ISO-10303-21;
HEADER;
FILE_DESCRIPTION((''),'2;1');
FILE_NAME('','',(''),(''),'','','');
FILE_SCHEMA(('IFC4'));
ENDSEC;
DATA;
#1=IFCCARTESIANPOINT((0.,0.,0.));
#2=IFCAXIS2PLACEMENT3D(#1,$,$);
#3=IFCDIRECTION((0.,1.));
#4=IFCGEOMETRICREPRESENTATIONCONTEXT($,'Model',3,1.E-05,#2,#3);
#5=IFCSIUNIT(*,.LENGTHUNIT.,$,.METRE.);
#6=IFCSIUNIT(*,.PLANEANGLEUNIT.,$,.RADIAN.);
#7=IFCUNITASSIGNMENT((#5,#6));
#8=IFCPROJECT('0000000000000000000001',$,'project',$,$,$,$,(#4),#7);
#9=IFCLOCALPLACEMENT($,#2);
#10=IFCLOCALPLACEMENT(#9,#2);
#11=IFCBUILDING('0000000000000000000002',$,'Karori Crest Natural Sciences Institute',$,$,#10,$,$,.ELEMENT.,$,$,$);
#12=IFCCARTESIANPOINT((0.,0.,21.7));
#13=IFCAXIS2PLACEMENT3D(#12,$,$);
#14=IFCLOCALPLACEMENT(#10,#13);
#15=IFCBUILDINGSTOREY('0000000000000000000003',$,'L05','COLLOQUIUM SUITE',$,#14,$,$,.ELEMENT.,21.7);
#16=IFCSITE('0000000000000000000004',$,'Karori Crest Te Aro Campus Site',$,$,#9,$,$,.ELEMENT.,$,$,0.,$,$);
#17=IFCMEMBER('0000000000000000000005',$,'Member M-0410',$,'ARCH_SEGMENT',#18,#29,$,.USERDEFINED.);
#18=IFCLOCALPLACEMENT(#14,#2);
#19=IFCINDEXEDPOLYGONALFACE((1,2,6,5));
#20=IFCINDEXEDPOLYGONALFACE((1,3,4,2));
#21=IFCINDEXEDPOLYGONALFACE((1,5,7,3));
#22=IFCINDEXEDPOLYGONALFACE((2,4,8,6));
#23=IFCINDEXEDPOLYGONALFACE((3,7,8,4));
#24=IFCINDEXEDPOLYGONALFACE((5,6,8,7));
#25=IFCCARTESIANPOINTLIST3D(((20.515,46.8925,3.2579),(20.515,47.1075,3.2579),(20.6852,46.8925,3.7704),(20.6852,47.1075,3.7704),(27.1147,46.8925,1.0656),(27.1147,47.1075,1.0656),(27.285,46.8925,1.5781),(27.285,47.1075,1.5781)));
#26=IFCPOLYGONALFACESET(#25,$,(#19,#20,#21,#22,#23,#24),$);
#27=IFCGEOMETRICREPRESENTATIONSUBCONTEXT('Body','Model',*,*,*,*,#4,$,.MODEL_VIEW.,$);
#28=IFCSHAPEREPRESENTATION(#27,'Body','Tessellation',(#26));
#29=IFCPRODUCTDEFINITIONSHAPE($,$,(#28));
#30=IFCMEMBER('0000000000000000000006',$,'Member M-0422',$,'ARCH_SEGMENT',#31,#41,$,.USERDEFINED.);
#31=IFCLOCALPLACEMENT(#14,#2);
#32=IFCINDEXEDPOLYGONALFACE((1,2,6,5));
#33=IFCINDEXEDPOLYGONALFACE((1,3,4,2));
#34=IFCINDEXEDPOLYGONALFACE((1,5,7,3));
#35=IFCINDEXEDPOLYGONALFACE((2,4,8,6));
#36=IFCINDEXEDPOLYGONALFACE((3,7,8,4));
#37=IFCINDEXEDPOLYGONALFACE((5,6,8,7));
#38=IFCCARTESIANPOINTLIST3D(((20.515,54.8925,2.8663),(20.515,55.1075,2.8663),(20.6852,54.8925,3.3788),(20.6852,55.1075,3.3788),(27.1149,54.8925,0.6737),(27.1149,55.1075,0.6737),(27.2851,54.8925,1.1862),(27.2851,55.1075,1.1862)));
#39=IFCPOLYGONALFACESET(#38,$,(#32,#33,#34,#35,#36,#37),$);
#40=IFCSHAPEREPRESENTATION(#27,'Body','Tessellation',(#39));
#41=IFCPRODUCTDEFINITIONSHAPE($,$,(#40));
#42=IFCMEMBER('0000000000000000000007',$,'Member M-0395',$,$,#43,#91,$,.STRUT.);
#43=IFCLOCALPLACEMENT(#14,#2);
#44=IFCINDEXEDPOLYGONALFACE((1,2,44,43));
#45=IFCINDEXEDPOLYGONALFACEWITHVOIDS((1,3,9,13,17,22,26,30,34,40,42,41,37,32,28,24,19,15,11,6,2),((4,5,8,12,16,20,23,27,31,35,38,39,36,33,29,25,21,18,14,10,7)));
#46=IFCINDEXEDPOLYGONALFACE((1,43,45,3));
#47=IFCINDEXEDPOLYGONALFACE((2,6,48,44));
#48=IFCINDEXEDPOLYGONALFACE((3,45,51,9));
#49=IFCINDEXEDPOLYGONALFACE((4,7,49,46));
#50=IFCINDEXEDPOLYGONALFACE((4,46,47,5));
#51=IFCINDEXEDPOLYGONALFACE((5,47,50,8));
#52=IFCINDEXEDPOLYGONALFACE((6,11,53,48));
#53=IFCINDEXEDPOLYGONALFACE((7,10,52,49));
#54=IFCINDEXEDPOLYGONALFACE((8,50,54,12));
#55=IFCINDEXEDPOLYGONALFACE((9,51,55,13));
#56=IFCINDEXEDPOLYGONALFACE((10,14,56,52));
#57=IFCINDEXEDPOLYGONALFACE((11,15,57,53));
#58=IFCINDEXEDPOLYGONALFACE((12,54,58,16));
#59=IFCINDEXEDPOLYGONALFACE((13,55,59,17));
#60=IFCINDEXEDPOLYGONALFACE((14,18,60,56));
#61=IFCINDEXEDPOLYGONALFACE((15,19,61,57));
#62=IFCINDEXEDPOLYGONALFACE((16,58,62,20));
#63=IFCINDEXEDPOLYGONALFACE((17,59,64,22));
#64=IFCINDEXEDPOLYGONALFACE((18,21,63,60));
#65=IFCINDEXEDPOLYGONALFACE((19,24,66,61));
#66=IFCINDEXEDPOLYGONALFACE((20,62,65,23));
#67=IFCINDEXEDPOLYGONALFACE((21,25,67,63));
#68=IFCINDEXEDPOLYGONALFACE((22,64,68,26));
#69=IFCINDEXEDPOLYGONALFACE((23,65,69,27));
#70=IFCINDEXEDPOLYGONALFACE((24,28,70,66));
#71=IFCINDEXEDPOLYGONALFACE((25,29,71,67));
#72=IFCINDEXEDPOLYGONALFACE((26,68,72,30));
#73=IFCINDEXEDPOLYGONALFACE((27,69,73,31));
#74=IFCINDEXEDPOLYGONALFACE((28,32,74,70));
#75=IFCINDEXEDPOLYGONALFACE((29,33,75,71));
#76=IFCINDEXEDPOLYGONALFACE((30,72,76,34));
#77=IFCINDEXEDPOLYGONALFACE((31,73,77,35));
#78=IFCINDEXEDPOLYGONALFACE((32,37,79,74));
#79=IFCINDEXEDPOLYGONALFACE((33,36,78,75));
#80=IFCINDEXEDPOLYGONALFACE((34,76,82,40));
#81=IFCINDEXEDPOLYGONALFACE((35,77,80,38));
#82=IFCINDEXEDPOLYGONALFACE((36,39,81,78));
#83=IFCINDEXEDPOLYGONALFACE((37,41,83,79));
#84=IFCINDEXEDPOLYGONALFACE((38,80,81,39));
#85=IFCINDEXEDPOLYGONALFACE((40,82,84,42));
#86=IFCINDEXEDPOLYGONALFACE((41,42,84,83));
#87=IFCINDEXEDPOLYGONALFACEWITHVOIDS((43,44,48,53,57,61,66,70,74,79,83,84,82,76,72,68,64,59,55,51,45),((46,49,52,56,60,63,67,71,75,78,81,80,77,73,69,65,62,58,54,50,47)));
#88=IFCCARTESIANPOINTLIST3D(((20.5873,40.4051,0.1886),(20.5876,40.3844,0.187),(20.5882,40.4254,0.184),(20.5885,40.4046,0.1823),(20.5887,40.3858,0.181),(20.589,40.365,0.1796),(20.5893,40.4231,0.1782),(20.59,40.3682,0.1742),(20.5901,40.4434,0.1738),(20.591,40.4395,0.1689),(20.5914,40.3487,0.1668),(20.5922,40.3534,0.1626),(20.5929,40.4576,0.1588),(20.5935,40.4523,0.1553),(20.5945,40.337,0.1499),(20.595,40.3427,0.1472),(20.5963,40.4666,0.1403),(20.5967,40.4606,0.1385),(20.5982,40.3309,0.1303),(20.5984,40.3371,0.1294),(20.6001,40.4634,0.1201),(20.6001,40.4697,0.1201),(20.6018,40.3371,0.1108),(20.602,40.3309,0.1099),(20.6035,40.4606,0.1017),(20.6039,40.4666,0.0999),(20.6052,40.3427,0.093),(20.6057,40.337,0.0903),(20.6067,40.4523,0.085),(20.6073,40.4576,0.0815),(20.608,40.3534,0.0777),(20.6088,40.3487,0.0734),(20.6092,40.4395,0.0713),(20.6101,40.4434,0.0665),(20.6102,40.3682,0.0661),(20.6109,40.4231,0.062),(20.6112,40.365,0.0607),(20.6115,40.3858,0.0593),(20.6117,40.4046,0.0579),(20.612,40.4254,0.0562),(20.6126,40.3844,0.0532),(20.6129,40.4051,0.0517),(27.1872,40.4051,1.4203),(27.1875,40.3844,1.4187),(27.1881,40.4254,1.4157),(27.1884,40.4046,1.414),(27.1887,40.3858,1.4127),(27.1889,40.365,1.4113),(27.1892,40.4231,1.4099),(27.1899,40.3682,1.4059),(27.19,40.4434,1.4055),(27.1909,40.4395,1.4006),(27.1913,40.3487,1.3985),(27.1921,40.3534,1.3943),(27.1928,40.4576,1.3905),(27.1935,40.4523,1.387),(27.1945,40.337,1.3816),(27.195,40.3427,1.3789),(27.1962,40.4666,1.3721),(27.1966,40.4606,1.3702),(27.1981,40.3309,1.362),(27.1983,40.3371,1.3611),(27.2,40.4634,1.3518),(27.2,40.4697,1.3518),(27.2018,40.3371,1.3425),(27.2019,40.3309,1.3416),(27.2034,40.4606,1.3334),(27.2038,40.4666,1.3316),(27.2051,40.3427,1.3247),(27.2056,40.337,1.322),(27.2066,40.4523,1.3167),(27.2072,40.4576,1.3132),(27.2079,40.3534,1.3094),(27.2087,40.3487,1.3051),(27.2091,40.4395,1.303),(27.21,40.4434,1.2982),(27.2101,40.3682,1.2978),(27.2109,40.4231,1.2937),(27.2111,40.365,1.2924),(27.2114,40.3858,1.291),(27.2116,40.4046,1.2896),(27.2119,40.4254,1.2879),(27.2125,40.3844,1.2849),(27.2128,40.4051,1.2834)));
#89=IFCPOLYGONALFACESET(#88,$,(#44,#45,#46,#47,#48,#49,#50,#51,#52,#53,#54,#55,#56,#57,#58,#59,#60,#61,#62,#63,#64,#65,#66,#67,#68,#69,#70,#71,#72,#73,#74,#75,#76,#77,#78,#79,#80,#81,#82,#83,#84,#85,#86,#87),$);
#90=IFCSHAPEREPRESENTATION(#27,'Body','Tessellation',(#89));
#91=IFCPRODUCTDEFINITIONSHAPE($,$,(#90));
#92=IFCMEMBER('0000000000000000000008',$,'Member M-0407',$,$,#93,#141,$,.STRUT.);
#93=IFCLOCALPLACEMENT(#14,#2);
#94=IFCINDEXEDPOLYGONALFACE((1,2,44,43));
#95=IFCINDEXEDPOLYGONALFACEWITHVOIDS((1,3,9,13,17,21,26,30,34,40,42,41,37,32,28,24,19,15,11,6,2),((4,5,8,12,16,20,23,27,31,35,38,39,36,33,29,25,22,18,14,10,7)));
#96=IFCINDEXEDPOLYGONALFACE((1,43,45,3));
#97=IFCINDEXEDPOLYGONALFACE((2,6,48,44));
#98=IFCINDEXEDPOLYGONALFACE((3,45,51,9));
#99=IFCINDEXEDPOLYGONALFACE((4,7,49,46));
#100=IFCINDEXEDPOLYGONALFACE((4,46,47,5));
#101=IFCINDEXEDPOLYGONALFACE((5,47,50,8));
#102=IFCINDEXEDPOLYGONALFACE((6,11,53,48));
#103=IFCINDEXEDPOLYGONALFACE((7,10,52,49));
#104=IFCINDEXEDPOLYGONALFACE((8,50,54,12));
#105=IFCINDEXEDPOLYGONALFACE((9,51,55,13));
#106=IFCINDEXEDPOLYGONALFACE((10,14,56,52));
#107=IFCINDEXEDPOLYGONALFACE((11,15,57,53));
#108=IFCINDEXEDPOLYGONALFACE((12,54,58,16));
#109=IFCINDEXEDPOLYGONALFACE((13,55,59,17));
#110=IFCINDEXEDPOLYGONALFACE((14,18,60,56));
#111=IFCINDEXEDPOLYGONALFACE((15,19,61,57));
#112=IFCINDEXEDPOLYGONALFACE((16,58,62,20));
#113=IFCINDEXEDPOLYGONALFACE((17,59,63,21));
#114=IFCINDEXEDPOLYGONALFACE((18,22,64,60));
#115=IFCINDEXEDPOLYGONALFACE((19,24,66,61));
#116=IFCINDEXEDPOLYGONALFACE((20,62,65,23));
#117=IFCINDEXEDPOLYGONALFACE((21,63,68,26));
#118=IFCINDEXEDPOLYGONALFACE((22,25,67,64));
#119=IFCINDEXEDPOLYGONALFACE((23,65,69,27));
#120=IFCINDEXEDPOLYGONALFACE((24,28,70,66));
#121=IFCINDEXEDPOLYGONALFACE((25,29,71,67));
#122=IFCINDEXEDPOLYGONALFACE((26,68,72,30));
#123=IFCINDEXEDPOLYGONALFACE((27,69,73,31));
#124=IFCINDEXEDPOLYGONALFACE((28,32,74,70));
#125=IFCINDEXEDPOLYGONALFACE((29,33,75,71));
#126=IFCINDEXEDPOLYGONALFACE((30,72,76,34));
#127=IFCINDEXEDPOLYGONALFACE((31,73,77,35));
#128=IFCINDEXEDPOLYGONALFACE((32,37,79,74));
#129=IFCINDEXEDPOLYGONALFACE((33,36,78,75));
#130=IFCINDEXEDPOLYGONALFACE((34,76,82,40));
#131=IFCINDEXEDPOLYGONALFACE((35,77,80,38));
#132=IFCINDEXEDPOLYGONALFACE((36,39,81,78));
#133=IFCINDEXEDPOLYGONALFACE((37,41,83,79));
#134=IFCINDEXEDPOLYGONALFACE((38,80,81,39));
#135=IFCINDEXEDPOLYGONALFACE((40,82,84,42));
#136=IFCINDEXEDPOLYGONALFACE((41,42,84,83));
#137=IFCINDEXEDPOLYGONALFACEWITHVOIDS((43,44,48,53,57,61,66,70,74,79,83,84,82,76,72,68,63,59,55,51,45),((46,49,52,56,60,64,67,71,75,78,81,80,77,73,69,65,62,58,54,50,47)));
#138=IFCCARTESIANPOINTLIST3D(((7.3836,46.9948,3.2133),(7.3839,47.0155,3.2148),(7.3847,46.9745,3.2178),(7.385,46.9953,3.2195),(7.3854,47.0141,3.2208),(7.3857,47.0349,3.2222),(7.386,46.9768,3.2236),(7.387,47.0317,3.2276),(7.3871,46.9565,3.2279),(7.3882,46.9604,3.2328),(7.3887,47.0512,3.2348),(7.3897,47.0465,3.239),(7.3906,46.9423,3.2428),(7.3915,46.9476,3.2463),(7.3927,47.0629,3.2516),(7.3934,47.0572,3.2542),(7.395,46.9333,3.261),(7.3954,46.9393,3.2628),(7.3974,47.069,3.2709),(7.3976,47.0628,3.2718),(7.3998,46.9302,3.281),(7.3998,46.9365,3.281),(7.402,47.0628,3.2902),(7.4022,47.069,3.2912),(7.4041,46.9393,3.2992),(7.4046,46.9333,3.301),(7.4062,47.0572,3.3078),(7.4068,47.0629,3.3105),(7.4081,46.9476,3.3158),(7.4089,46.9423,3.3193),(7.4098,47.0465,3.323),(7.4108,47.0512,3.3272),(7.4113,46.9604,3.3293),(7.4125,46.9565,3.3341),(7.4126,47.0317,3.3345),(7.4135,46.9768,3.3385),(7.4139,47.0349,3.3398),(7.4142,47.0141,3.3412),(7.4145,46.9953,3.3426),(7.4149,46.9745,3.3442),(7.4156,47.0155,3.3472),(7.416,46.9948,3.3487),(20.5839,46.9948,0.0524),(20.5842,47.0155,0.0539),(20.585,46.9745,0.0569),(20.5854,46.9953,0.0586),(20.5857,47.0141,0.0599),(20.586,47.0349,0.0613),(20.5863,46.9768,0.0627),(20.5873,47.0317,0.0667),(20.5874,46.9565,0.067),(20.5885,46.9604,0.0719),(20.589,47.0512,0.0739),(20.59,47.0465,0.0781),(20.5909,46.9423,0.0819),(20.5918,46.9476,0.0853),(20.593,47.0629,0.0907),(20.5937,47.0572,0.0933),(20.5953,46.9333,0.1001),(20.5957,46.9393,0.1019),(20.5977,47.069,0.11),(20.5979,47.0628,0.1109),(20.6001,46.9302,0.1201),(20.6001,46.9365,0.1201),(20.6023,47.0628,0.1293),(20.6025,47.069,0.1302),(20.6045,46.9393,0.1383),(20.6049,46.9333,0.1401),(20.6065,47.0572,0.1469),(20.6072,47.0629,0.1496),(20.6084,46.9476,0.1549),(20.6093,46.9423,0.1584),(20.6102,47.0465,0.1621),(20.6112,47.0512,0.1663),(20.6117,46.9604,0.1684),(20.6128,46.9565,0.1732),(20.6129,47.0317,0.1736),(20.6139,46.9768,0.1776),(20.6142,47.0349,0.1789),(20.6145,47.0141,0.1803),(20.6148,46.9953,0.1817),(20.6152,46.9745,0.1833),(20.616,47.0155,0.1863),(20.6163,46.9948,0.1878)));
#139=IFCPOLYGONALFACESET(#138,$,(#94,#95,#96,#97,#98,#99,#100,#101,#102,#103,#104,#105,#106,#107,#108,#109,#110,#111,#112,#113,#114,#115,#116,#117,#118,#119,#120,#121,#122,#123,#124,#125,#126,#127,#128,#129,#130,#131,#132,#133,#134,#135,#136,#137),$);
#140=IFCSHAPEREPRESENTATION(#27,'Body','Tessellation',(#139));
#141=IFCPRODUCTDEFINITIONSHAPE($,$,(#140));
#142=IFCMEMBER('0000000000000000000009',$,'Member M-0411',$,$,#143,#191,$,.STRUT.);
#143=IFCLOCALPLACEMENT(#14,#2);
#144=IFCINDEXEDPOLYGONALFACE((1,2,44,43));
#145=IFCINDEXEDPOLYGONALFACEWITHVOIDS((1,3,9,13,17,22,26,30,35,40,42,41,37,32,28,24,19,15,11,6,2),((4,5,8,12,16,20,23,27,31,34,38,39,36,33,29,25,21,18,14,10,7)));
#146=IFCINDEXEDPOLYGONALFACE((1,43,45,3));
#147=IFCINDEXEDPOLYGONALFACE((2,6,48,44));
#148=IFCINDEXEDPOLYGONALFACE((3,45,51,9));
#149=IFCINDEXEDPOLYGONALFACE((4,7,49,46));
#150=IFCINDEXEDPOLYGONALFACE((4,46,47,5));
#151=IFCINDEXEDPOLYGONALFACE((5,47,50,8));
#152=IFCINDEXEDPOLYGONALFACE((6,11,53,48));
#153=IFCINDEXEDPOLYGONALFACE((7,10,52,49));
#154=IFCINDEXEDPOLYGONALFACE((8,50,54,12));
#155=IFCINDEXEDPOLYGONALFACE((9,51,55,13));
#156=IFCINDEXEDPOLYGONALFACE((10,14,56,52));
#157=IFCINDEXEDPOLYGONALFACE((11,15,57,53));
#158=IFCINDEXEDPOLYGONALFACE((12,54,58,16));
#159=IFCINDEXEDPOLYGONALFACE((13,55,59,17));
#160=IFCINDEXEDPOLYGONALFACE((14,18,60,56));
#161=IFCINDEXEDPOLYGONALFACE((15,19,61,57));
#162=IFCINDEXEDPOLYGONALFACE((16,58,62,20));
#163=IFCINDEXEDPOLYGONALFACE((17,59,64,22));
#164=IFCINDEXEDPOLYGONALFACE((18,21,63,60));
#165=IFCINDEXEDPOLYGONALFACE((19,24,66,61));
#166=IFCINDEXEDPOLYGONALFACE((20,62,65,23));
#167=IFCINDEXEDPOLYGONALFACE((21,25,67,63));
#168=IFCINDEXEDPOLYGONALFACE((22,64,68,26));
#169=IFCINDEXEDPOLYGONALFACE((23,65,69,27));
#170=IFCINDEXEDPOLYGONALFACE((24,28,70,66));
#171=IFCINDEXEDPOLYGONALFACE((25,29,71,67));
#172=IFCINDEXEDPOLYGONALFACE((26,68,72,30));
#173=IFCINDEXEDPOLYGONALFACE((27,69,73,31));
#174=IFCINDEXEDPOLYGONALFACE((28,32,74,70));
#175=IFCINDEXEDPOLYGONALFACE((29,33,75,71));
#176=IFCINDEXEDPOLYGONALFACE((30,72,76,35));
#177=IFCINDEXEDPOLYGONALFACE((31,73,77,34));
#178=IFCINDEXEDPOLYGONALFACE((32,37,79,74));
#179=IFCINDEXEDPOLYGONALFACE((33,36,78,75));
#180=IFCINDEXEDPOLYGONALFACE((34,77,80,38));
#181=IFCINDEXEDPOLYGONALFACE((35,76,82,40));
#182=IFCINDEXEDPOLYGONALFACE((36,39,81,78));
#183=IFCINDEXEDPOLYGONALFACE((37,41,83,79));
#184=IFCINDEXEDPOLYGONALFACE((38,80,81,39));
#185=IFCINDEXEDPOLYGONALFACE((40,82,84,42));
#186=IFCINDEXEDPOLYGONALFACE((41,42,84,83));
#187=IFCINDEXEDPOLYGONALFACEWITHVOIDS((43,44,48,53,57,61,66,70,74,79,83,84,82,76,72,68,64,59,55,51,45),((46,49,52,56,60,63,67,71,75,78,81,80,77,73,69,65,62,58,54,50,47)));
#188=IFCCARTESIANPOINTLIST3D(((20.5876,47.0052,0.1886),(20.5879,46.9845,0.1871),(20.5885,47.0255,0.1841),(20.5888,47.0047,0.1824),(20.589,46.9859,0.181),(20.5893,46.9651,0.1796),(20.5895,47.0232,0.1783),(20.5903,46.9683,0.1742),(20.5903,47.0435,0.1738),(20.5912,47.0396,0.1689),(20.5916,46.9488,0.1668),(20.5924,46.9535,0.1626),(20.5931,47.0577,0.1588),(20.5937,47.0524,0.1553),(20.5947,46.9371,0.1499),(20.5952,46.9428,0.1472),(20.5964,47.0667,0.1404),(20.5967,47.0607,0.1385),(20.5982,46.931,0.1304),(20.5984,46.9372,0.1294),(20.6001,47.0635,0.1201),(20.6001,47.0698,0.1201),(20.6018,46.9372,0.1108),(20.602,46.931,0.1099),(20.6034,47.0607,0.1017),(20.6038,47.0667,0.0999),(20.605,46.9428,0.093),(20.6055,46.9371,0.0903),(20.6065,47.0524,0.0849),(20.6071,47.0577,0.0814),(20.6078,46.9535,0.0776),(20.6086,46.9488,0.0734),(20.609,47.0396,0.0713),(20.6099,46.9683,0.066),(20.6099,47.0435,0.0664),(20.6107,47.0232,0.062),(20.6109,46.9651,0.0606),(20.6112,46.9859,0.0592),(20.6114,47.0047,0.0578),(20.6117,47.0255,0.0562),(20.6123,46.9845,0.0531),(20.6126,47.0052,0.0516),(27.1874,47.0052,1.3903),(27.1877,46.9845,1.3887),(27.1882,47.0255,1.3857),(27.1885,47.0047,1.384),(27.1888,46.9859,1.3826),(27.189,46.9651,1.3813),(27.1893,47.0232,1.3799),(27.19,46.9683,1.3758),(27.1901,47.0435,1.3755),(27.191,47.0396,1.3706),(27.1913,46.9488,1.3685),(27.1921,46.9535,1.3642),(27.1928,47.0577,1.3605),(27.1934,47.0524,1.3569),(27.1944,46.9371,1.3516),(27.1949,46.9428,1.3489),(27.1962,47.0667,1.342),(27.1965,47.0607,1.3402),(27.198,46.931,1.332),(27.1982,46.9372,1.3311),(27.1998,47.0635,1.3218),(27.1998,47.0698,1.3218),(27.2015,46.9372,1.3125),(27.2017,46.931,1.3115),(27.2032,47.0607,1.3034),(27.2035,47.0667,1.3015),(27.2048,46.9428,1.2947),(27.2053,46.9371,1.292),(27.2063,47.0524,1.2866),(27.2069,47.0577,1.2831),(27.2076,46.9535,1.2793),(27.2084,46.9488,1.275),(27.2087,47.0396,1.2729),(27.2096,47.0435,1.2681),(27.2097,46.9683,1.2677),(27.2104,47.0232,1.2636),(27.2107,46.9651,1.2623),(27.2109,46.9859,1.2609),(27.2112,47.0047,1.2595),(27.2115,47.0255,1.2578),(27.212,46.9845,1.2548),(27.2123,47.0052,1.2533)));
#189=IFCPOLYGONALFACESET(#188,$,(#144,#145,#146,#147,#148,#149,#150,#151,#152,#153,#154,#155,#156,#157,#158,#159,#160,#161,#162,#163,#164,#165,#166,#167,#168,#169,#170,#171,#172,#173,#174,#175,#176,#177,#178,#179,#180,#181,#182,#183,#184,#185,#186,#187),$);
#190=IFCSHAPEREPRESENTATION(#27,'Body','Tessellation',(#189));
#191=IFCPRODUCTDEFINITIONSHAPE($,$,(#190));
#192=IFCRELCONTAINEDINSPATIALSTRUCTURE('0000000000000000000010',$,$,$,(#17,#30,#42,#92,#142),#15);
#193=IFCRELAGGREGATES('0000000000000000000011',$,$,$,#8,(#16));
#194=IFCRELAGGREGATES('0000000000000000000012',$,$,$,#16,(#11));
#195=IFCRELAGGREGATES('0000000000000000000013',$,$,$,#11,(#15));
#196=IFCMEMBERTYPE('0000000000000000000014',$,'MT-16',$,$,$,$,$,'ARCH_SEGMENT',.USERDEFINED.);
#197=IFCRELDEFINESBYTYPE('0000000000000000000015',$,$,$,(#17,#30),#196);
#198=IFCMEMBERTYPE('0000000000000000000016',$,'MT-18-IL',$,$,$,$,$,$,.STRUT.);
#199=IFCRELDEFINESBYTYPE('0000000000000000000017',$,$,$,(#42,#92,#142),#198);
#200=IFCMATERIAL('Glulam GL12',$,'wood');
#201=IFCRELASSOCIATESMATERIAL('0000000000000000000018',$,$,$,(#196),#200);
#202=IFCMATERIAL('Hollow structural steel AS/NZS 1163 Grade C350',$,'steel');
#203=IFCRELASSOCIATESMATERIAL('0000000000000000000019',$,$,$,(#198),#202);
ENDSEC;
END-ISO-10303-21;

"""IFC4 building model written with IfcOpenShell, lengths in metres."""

from ifc_helpers import new_model, si_unit, direction, frame, origin, origin_2d, place, context, subcontext, project, spatial, rectangle, hollow_circle, extrude, material, material_profile, profile_set, type_object, element, save


model = new_model("IFC4")

# Units and contexts
model_context = context("Model", 3, precision=1e-05, world=origin(), true_north=direction((0.0, 1.0)))
body_context = subcontext(model_context, "Body", "Model", "MODEL_VIEW")
ifc_project = project(units=[si_unit("LENGTHUNIT", "METRE"), si_unit("PLANEANGLEUNIT", "RADIAN")], contexts=[model_context])

# Site, building, storey
site_placement = place(None, origin())
site = spatial("IfcSite", under=ifc_project, at=site_placement, Name="Karori Crest Te Aro Campus Site", CompositionType="ELEMENT", RefElevation=0.0)
building_placement = place(site_placement, origin())
building = spatial("IfcBuilding", under=site, at=building_placement, Name="Karori Crest Natural Sciences Institute", CompositionType="ELEMENT")
storey_placement = place(building_placement, frame((0.0, 0.0, 21.7)))
storey = spatial("IfcBuildingStorey", under=building, at=storey_placement, Name="L05", Description="COLLOQUIUM SUITE", CompositionType="ELEMENT", Elevation=21.7)

# Members
ifc_material_1 = material(Name="Hollow structural steel AS/NZS 1163 Grade C350", Category="steel")
ifc_material_2 = material(Name="Glulam GL12", Category="wood")
ifc_material_profile_1 = material_profile(ifc_material_2, rectangle(XDim=0.2151, YDim=0.54, at=origin_2d()), Name="GL215x540")
ifc_profile_set_1 = profile_set([ifc_material_profile_1], Name="Glulam GL12")
member_type_1 = type_object("IfcMemberType", Name="MT-16", ElementType="ARCH_SEGMENT", PredefinedType="USERDEFINED", material=ifc_profile_set_1)
for number, where, z_axis, x_axis, name in (
    (1, (20.6001, 47.0, 3.5142), (0.949009, 0.0, -0.315248), (0.0, 1.0, 0.0), "Member M-0410"),
):
    element("IfcMember", number, at=place(storey_placement, frame(where, z_axis=z_axis, x_axis=x_axis)), inside=storey, type_object=member_type_1, Name=name, ObjectType="ARCH_SEGMENT", PredefinedType="USERDEFINED", context=body_context, shape_type="SweptSolid", body=[
        extrude(rectangle(XDim=0.2151, YDim=0.54, at=origin_2d()), origin(), (0.0, 0.0, 1.0), 6.9543),
    ])
member_1_placement = place(storey_placement, frame((20.6001, 55.0, 3.1226), z_axis=(0.948999, 0.0, -0.31528), x_axis=(0.0, 1.0, 0.0)))
element("IfcMember", 2, at=member_1_placement, inside=storey, type_object=member_type_1, Name="Member M-0422", ObjectType="ARCH_SEGMENT", PredefinedType="USERDEFINED", context=body_context, shape_type="SweptSolid", body=[
    extrude(rectangle(XDim=0.2151, YDim=0.54, at=origin_2d()), origin(), (0.0, 0.0, 1.0), 6.9546),
])
ifc_material_profile_2 = material_profile(ifc_material_1, hollow_circle(Radius=0.0698, WallThickness=0.0063, at=origin_2d()), Name="CHS139.7x6.4")
ifc_profile_set_2 = profile_set([ifc_material_profile_2], Name="Hollow structural steel AS/NZS 1163 Grade C350")
member_type_2 = type_object("IfcMemberType", Name="MT-18-IL", PredefinedType="STRUT", material=ifc_profile_set_2)
member_2_placement = place(storey_placement, frame((20.6001, 40.3999, 0.1201), z_axis=(0.983028, 0.0, 0.183456), x_axis=(0.0, 1.0, 0.0)))
element("IfcMember", 3, at=member_2_placement, inside=storey, type_object=member_type_2, Name="Member M-0395", PredefinedType="STRUT", context=body_context, shape_type="SweptSolid", body=[
    extrude(hollow_circle(Radius=0.0698, WallThickness=0.0063, at=origin_2d()), origin(), (0.0, 0.0, 1.0), 6.7139),
])
member_3_placement = place(storey_placement, frame((20.6001, 47.0, 0.1201), z_axis=(-0.972507, 0.0, 0.232874), x_axis=(0.0, -1.0, 0.0)))
element("IfcMember", 4, at=member_3_placement, inside=storey, type_object=member_type_2, Name="Member M-0407", PredefinedType="STRUT", context=body_context, shape_type="SweptSolid", body=[
    extrude(hollow_circle(Radius=0.0698, WallThickness=0.0063, at=origin_2d()), origin(), (0.0, 0.0, 1.0), 13.5735),
])
member_4_placement = place(storey_placement, frame((20.6001, 47.0, 0.1201), z_axis=(0.983826, 0.0, 0.179129), x_axis=(0.0, 1.0, 0.0)))
element("IfcMember", 5, at=member_4_placement, inside=storey, type_object=member_type_2, Name="Member M-0411", PredefinedType="STRUT", context=body_context, shape_type="SweptSolid", body=[
    extrude(hollow_circle(Radius=0.0698, WallThickness=0.0063, at=origin_2d()), origin(), (0.0, 0.0, 1.0), 6.7083),
])

save(model, "model.ifc")
